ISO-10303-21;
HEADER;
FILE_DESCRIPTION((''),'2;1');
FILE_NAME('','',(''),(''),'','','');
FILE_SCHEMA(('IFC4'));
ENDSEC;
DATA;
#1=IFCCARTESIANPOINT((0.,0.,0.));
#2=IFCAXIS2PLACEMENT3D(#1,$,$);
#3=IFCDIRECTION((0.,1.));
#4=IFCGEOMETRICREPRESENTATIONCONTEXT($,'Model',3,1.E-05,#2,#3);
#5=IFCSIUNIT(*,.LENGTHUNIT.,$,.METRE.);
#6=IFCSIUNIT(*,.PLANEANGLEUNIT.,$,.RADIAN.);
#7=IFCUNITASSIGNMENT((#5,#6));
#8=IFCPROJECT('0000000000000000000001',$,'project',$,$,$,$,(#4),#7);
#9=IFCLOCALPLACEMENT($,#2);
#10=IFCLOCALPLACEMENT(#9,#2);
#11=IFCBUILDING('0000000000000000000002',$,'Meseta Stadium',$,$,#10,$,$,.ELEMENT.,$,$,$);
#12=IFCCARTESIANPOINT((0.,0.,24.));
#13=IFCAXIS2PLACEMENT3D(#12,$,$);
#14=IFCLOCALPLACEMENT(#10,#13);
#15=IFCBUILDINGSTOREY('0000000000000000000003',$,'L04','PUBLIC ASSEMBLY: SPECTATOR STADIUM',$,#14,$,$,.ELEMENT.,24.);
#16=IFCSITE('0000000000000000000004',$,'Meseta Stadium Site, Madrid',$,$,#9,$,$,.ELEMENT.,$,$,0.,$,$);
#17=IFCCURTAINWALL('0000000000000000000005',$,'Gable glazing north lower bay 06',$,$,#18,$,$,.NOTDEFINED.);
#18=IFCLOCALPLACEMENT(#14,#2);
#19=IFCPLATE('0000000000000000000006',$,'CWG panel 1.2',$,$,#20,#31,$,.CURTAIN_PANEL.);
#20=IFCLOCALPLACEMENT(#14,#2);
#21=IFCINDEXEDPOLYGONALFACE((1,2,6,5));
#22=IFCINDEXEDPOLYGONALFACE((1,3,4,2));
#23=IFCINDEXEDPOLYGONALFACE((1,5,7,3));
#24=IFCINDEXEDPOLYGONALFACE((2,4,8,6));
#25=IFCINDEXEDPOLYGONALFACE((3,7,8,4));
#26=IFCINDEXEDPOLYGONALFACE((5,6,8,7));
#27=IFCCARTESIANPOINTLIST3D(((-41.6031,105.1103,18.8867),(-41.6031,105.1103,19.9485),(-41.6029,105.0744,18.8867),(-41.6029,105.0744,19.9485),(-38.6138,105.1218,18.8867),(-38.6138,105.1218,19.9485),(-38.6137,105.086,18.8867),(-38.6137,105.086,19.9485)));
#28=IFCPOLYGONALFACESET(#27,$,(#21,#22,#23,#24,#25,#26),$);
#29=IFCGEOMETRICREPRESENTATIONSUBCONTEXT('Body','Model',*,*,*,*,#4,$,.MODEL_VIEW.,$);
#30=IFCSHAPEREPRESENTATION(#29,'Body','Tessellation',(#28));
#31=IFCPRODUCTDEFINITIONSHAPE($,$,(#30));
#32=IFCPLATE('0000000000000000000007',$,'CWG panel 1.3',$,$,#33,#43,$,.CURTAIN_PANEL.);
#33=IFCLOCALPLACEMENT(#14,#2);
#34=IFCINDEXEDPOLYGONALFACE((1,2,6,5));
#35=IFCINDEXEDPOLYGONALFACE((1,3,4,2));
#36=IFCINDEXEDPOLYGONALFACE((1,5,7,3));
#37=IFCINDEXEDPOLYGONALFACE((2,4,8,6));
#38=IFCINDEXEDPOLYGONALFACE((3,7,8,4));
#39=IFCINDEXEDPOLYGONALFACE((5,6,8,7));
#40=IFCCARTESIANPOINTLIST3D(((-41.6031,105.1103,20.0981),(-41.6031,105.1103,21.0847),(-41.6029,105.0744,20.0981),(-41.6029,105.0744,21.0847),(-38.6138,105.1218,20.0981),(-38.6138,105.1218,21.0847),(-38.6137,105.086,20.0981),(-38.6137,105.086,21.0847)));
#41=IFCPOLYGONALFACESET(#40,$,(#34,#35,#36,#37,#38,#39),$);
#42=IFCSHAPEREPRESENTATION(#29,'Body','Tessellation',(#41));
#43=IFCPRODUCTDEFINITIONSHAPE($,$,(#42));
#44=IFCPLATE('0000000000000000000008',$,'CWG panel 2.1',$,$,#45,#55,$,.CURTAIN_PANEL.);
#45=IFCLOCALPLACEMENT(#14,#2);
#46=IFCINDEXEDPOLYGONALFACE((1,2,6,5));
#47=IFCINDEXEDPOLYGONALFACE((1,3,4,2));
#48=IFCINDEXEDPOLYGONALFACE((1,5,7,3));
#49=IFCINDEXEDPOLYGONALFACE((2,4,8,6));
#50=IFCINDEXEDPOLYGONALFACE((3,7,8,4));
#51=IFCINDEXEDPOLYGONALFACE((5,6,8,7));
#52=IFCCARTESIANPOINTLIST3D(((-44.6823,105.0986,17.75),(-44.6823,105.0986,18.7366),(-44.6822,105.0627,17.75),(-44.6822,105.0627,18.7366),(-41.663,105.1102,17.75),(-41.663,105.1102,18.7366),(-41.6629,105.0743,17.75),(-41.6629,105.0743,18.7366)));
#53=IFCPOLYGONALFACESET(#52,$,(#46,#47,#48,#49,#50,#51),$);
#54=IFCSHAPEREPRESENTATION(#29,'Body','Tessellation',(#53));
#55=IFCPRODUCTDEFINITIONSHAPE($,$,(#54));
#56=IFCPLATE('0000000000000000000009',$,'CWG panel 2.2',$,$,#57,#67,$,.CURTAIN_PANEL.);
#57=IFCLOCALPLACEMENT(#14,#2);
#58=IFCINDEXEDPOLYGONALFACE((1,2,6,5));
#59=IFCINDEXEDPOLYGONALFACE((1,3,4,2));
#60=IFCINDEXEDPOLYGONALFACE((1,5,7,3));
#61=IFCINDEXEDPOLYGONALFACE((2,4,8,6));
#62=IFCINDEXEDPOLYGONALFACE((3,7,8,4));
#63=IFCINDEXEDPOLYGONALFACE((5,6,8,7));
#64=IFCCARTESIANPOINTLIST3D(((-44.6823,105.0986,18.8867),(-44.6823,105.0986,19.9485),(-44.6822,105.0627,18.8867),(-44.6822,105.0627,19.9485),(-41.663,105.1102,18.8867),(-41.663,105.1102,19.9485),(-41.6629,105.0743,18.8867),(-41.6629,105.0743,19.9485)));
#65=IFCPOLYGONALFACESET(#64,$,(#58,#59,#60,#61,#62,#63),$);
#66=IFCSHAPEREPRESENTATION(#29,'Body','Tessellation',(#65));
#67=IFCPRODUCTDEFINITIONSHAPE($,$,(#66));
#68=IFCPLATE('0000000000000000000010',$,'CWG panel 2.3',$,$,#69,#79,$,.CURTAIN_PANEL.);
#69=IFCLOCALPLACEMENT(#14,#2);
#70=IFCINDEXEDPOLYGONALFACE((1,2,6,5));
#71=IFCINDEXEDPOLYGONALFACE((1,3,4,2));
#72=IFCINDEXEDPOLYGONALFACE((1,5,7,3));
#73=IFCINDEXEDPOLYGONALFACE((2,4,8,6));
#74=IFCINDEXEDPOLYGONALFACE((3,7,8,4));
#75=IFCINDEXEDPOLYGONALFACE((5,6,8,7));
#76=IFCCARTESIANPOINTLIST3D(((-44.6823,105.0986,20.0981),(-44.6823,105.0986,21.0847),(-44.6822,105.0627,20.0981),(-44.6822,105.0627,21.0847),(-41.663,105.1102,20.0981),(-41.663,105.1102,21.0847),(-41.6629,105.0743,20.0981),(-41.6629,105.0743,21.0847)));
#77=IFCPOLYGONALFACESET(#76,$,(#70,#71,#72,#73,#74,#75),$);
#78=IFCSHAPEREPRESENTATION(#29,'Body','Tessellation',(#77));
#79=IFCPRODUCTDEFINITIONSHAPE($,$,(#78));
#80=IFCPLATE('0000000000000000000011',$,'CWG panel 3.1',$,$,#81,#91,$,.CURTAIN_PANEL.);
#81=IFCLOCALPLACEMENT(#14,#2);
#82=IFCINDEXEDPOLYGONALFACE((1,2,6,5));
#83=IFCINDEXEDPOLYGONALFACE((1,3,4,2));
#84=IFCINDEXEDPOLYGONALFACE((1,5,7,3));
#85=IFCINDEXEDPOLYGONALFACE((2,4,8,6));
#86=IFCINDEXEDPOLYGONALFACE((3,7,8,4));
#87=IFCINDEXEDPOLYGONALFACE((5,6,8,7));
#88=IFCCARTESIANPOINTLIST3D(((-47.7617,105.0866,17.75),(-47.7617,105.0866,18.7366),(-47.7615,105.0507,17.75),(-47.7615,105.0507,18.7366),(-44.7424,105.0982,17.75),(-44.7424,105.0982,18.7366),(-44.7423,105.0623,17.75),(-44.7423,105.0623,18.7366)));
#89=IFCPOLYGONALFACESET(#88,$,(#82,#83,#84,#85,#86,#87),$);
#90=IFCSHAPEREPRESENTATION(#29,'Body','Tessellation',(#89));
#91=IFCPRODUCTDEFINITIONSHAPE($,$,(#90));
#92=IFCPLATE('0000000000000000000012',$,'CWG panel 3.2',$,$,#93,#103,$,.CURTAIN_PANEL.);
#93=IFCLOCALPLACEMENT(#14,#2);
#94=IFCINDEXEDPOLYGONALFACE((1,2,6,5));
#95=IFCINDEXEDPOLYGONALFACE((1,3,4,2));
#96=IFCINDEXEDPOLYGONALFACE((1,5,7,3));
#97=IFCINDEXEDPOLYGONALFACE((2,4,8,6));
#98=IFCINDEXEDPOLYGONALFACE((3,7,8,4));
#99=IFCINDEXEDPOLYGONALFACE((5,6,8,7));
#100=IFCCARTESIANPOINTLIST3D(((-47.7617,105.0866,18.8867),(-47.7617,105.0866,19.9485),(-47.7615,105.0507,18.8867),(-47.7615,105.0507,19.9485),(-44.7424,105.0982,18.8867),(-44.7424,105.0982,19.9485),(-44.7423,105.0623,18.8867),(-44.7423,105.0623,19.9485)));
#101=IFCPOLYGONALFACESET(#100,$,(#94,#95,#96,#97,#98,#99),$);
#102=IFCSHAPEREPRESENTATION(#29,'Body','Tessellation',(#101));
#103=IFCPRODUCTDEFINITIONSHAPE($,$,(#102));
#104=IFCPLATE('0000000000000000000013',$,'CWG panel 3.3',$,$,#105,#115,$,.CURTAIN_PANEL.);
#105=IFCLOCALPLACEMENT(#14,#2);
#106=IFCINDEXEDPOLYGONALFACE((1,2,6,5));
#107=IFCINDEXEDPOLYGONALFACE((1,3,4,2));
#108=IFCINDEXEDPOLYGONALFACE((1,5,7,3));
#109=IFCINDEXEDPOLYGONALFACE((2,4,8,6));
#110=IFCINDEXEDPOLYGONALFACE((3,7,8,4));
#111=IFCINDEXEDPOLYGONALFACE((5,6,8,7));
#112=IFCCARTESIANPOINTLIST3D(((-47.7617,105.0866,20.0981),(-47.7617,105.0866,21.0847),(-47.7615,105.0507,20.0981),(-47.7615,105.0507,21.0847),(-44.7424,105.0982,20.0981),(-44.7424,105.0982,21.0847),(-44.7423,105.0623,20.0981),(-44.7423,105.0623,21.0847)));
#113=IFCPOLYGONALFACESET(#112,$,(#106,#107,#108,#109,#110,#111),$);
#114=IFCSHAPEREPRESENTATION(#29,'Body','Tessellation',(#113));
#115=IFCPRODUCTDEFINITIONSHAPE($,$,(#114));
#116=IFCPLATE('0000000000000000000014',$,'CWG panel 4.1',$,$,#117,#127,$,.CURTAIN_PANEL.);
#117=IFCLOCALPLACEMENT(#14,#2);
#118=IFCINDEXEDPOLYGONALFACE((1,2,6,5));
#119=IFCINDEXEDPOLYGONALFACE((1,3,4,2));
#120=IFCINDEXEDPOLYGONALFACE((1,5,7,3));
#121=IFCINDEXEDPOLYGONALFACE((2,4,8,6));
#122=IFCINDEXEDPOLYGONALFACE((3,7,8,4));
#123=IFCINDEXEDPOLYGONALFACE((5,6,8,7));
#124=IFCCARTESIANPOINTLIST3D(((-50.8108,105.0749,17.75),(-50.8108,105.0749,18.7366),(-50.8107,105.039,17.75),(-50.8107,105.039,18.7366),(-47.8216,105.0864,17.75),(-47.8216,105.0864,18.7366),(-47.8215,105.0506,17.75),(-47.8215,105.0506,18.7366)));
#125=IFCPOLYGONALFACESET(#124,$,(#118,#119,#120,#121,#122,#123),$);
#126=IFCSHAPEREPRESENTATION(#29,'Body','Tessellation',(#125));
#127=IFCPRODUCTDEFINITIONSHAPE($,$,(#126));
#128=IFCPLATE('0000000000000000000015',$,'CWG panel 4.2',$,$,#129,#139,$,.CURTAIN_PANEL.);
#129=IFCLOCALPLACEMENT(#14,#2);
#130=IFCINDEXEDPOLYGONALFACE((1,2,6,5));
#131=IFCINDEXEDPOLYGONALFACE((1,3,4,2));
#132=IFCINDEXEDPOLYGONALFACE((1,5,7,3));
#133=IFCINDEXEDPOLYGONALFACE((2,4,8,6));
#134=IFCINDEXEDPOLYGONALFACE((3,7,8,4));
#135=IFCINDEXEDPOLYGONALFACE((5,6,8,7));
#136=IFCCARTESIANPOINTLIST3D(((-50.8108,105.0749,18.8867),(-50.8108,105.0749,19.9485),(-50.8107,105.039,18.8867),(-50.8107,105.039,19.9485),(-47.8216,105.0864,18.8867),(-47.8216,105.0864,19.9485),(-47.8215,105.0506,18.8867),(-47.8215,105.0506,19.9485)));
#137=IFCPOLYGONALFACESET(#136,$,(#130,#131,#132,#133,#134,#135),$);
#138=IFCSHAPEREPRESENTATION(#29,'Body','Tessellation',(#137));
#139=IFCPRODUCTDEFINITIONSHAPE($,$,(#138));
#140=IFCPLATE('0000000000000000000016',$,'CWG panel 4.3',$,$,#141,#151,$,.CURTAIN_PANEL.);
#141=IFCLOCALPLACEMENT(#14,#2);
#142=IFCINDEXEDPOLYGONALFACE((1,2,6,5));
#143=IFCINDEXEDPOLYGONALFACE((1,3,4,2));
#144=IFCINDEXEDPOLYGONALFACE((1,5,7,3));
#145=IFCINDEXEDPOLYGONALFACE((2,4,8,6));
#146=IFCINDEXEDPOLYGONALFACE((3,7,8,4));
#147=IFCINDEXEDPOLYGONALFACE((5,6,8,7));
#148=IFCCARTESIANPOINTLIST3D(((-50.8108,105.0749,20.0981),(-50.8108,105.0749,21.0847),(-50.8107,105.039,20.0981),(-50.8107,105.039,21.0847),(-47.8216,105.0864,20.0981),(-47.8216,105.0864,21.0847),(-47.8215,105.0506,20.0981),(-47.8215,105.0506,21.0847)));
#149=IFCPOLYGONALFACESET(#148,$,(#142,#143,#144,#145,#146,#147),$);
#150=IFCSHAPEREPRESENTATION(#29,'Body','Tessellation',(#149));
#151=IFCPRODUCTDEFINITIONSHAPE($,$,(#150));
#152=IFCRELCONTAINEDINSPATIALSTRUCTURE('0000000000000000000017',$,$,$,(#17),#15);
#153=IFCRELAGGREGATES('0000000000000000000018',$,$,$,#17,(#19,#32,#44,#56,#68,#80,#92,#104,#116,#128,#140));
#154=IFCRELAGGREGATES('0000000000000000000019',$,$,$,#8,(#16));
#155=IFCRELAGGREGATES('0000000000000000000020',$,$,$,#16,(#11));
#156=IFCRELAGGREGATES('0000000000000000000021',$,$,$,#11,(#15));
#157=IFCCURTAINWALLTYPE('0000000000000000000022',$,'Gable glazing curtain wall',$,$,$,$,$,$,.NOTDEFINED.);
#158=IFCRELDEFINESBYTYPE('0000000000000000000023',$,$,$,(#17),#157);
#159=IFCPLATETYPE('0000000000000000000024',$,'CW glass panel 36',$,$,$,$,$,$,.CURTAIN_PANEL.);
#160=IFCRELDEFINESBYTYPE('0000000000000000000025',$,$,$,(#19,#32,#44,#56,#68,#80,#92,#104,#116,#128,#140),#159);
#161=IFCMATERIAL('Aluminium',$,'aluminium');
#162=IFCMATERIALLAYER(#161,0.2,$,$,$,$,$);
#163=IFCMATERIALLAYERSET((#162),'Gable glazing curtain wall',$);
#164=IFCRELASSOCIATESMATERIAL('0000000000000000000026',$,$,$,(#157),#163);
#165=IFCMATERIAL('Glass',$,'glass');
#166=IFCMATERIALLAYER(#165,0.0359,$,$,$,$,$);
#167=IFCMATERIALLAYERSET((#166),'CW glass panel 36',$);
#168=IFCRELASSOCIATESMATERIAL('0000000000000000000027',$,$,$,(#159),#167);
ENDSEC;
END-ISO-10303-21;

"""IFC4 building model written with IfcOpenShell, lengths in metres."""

from ifc_helpers import new_model, si_unit, direction, frame, origin, origin_2d, place, context, subcontext, project, spatial, rectangle, extrude, material, layer, layer_set, type_object, element, aggregate, save


model = new_model("IFC4")

# Units and contexts
model_context = context("Model", 3, precision=1e-05, world=origin(), true_north=direction((0.0, 1.0)))
body_context = subcontext(model_context, "Body", "Model", "MODEL_VIEW")
ifc_project = project(units=[si_unit("LENGTHUNIT", "METRE"), si_unit("PLANEANGLEUNIT", "RADIAN")], contexts=[model_context])

# Site, building, storey
site_placement = place(None, origin())
site = spatial("IfcSite", under=ifc_project, at=site_placement, Name="Meseta Stadium Site, Madrid", CompositionType="ELEMENT", RefElevation=0.0)
building_placement = place(site_placement, origin())
building = spatial("IfcBuilding", under=site, at=building_placement, Name="Meseta Stadium", CompositionType="ELEMENT")
storey_placement = place(building_placement, frame((0.0, 0.0, 24.0)))
storey = spatial("IfcBuildingStorey", under=building, at=storey_placement, Name="L04", Description="PUBLIC ASSEMBLY: SPECTATOR STADIUM", CompositionType="ELEMENT", Elevation=24.0)

# Curtain wall, plates
ifc_material_1 = material(Name="Aluminium", Category="aluminium")
ifc_layer_1 = layer(ifc_material_1, 0.2)
ifc_layer_set_1 = layer_set([ifc_layer_1], Name="Gable glazing curtain wall")
curtain_wall_type = type_object("IfcCurtainWallType", Name="Gable glazing curtain wall", PredefinedType="NOTDEFINED", material=ifc_layer_set_1)
curtain_wall_placement = place(storey_placement, origin())
curtain_wall = element("IfcCurtainWall", 1, at=curtain_wall_placement, inside=storey, type_object=curtain_wall_type, Name="Gable glazing north lower bay 06", PredefinedType="NOTDEFINED")
ifc_material_2 = material(Name="Glass", Category="glass")
ifc_layer_2 = layer(ifc_material_2, 0.0359)
ifc_layer_set_2 = layer_set([ifc_layer_2], Name="CW glass panel 36")
plate_type = type_object("IfcPlateType", Name="CW glass panel 36", PredefinedType="CURTAIN_PANEL", material=ifc_layer_set_2)
plate_1_placement = place(storey_placement, frame((-40.1084, 105.0981, 18.8867), z_axis=(0.0, 0.0, 1.0), x_axis=(-0.999993, -0.003848, 0.0)))
plate_1 = element("IfcPlate", 2, at=plate_1_placement, type_object=plate_type, Name="CWG panel 1.2", PredefinedType="CURTAIN_PANEL", context=body_context, shape_type="SweptSolid", body=[
    extrude(rectangle(XDim=2.9893, YDim=0.0359, at=origin_2d()), origin(), (0.0, 0.0, 1.0), 1.0618),
])
plate_2_placement = place(storey_placement, frame((-40.1084, 105.0981, 20.0981), z_axis=(0.0, 0.0, 1.0), x_axis=(-0.999993, -0.003848, 0.0)))
plate_2 = element("IfcPlate", 3, at=plate_2_placement, type_object=plate_type, Name="CWG panel 1.3", PredefinedType="CURTAIN_PANEL", context=body_context, shape_type="SweptSolid", body=[
    extrude(rectangle(XDim=2.9893, YDim=0.0359, at=origin_2d()), origin(), (0.0, 0.0, 1.0), 0.9866),
])
plate_3_placement = place(storey_placement, frame((-43.1726, 105.0864, 17.75), z_axis=(0.0, 0.0, 1.0), x_axis=(-0.999993, -0.003848, 0.0)))
plate_3 = element("IfcPlate", 4, at=plate_3_placement, type_object=plate_type, Name="CWG panel 2.1", PredefinedType="CURTAIN_PANEL", context=body_context, shape_type="SweptSolid", body=[
    extrude(rectangle(XDim=3.0193, YDim=0.0359, at=origin_2d()), origin(), (0.0, 0.0, 1.0), 0.9866),
])
plate_4_placement = place(storey_placement, frame((-43.1726, 105.0864, 18.8867), z_axis=(0.0, 0.0, 1.0), x_axis=(-0.999993, -0.003848, 0.0)))
plate_4 = element("IfcPlate", 5, at=plate_4_placement, type_object=plate_type, Name="CWG panel 2.2", PredefinedType="CURTAIN_PANEL", context=body_context, shape_type="SweptSolid", body=[
    extrude(rectangle(XDim=3.0193, YDim=0.0359, at=origin_2d()), origin(), (0.0, 0.0, 1.0), 1.0618),
])
plate_5_placement = place(storey_placement, frame((-43.1726, 105.0864, 20.0981), z_axis=(0.0, 0.0, 1.0), x_axis=(-0.999993, -0.003848, 0.0)))
plate_5 = element("IfcPlate", 6, at=plate_5_placement, type_object=plate_type, Name="CWG panel 2.3", PredefinedType="CURTAIN_PANEL", context=body_context, shape_type="SweptSolid", body=[
    extrude(rectangle(XDim=3.0193, YDim=0.0359, at=origin_2d()), origin(), (0.0, 0.0, 1.0), 0.9866),
])
plate_6_placement = place(storey_placement, frame((-46.252, 105.0745, 17.75), z_axis=(0.0, 0.0, 1.0), x_axis=(-0.999993, -0.003848, 0.0)))
plate_6 = element("IfcPlate", 7, at=plate_6_placement, type_object=plate_type, Name="CWG panel 3.1", PredefinedType="CURTAIN_PANEL", context=body_context, shape_type="SweptSolid", body=[
    extrude(rectangle(XDim=3.0193, YDim=0.0359, at=origin_2d()), origin(), (0.0, 0.0, 1.0), 0.9866),
])
plate_7_placement = place(storey_placement, frame((-46.252, 105.0745, 18.8867), z_axis=(0.0, 0.0, 1.0), x_axis=(-0.999993, -0.003848, 0.0)))
plate_7 = element("IfcPlate", 8, at=plate_7_placement, type_object=plate_type, Name="CWG panel 3.2", PredefinedType="CURTAIN_PANEL", context=body_context, shape_type="SweptSolid", body=[
    extrude(rectangle(XDim=3.0193, YDim=0.0359, at=origin_2d()), origin(), (0.0, 0.0, 1.0), 1.0618),
])
plate_8_placement = place(storey_placement, frame((-46.252, 105.0745, 20.0981), z_axis=(0.0, 0.0, 1.0), x_axis=(-0.999993, -0.003848, 0.0)))
plate_8 = element("IfcPlate", 9, at=plate_8_placement, type_object=plate_type, Name="CWG panel 3.3", PredefinedType="CURTAIN_PANEL", context=body_context, shape_type="SweptSolid", body=[
    extrude(rectangle(XDim=3.0193, YDim=0.0359, at=origin_2d()), origin(), (0.0, 0.0, 1.0), 0.9866),
])
plate_9_placement = place(storey_placement, frame((-49.3162, 105.0627, 17.75), z_axis=(0.0, 0.0, 1.0), x_axis=(-0.999993, -0.003848, 0.0)))
plate_9 = element("IfcPlate", 10, at=plate_9_placement, type_object=plate_type, Name="CWG panel 4.1", PredefinedType="CURTAIN_PANEL", context=body_context, shape_type="SweptSolid", body=[
    extrude(rectangle(XDim=2.9893, YDim=0.0359, at=origin_2d()), origin(), (0.0, 0.0, 1.0), 0.9866),
])
plate_10_placement = place(storey_placement, frame((-49.3162, 105.0627, 18.8867), z_axis=(0.0, 0.0, 1.0), x_axis=(-0.999993, -0.003848, 0.0)))
plate_10 = element("IfcPlate", 11, at=plate_10_placement, type_object=plate_type, Name="CWG panel 4.2", PredefinedType="CURTAIN_PANEL", context=body_context, shape_type="SweptSolid", body=[
    extrude(rectangle(XDim=2.9893, YDim=0.0359, at=origin_2d()), origin(), (0.0, 0.0, 1.0), 1.0618),
])
plate_11_placement = place(storey_placement, frame((-49.3162, 105.0627, 20.0981), z_axis=(0.0, 0.0, 1.0), x_axis=(-0.999993, -0.003848, 0.0)))
plate_11 = element("IfcPlate", 12, at=plate_11_placement, type_object=plate_type, Name="CWG panel 4.3", PredefinedType="CURTAIN_PANEL", context=body_context, shape_type="SweptSolid", body=[
    extrude(rectangle(XDim=2.9893, YDim=0.0359, at=origin_2d()), origin(), (0.0, 0.0, 1.0), 0.9866),
])
aggregate(curtain_wall, [plate_1, plate_2, plate_3, plate_4, plate_5, plate_6, plate_7, plate_8, plate_9, plate_10, plate_11])

save(model, "model.ifc")
